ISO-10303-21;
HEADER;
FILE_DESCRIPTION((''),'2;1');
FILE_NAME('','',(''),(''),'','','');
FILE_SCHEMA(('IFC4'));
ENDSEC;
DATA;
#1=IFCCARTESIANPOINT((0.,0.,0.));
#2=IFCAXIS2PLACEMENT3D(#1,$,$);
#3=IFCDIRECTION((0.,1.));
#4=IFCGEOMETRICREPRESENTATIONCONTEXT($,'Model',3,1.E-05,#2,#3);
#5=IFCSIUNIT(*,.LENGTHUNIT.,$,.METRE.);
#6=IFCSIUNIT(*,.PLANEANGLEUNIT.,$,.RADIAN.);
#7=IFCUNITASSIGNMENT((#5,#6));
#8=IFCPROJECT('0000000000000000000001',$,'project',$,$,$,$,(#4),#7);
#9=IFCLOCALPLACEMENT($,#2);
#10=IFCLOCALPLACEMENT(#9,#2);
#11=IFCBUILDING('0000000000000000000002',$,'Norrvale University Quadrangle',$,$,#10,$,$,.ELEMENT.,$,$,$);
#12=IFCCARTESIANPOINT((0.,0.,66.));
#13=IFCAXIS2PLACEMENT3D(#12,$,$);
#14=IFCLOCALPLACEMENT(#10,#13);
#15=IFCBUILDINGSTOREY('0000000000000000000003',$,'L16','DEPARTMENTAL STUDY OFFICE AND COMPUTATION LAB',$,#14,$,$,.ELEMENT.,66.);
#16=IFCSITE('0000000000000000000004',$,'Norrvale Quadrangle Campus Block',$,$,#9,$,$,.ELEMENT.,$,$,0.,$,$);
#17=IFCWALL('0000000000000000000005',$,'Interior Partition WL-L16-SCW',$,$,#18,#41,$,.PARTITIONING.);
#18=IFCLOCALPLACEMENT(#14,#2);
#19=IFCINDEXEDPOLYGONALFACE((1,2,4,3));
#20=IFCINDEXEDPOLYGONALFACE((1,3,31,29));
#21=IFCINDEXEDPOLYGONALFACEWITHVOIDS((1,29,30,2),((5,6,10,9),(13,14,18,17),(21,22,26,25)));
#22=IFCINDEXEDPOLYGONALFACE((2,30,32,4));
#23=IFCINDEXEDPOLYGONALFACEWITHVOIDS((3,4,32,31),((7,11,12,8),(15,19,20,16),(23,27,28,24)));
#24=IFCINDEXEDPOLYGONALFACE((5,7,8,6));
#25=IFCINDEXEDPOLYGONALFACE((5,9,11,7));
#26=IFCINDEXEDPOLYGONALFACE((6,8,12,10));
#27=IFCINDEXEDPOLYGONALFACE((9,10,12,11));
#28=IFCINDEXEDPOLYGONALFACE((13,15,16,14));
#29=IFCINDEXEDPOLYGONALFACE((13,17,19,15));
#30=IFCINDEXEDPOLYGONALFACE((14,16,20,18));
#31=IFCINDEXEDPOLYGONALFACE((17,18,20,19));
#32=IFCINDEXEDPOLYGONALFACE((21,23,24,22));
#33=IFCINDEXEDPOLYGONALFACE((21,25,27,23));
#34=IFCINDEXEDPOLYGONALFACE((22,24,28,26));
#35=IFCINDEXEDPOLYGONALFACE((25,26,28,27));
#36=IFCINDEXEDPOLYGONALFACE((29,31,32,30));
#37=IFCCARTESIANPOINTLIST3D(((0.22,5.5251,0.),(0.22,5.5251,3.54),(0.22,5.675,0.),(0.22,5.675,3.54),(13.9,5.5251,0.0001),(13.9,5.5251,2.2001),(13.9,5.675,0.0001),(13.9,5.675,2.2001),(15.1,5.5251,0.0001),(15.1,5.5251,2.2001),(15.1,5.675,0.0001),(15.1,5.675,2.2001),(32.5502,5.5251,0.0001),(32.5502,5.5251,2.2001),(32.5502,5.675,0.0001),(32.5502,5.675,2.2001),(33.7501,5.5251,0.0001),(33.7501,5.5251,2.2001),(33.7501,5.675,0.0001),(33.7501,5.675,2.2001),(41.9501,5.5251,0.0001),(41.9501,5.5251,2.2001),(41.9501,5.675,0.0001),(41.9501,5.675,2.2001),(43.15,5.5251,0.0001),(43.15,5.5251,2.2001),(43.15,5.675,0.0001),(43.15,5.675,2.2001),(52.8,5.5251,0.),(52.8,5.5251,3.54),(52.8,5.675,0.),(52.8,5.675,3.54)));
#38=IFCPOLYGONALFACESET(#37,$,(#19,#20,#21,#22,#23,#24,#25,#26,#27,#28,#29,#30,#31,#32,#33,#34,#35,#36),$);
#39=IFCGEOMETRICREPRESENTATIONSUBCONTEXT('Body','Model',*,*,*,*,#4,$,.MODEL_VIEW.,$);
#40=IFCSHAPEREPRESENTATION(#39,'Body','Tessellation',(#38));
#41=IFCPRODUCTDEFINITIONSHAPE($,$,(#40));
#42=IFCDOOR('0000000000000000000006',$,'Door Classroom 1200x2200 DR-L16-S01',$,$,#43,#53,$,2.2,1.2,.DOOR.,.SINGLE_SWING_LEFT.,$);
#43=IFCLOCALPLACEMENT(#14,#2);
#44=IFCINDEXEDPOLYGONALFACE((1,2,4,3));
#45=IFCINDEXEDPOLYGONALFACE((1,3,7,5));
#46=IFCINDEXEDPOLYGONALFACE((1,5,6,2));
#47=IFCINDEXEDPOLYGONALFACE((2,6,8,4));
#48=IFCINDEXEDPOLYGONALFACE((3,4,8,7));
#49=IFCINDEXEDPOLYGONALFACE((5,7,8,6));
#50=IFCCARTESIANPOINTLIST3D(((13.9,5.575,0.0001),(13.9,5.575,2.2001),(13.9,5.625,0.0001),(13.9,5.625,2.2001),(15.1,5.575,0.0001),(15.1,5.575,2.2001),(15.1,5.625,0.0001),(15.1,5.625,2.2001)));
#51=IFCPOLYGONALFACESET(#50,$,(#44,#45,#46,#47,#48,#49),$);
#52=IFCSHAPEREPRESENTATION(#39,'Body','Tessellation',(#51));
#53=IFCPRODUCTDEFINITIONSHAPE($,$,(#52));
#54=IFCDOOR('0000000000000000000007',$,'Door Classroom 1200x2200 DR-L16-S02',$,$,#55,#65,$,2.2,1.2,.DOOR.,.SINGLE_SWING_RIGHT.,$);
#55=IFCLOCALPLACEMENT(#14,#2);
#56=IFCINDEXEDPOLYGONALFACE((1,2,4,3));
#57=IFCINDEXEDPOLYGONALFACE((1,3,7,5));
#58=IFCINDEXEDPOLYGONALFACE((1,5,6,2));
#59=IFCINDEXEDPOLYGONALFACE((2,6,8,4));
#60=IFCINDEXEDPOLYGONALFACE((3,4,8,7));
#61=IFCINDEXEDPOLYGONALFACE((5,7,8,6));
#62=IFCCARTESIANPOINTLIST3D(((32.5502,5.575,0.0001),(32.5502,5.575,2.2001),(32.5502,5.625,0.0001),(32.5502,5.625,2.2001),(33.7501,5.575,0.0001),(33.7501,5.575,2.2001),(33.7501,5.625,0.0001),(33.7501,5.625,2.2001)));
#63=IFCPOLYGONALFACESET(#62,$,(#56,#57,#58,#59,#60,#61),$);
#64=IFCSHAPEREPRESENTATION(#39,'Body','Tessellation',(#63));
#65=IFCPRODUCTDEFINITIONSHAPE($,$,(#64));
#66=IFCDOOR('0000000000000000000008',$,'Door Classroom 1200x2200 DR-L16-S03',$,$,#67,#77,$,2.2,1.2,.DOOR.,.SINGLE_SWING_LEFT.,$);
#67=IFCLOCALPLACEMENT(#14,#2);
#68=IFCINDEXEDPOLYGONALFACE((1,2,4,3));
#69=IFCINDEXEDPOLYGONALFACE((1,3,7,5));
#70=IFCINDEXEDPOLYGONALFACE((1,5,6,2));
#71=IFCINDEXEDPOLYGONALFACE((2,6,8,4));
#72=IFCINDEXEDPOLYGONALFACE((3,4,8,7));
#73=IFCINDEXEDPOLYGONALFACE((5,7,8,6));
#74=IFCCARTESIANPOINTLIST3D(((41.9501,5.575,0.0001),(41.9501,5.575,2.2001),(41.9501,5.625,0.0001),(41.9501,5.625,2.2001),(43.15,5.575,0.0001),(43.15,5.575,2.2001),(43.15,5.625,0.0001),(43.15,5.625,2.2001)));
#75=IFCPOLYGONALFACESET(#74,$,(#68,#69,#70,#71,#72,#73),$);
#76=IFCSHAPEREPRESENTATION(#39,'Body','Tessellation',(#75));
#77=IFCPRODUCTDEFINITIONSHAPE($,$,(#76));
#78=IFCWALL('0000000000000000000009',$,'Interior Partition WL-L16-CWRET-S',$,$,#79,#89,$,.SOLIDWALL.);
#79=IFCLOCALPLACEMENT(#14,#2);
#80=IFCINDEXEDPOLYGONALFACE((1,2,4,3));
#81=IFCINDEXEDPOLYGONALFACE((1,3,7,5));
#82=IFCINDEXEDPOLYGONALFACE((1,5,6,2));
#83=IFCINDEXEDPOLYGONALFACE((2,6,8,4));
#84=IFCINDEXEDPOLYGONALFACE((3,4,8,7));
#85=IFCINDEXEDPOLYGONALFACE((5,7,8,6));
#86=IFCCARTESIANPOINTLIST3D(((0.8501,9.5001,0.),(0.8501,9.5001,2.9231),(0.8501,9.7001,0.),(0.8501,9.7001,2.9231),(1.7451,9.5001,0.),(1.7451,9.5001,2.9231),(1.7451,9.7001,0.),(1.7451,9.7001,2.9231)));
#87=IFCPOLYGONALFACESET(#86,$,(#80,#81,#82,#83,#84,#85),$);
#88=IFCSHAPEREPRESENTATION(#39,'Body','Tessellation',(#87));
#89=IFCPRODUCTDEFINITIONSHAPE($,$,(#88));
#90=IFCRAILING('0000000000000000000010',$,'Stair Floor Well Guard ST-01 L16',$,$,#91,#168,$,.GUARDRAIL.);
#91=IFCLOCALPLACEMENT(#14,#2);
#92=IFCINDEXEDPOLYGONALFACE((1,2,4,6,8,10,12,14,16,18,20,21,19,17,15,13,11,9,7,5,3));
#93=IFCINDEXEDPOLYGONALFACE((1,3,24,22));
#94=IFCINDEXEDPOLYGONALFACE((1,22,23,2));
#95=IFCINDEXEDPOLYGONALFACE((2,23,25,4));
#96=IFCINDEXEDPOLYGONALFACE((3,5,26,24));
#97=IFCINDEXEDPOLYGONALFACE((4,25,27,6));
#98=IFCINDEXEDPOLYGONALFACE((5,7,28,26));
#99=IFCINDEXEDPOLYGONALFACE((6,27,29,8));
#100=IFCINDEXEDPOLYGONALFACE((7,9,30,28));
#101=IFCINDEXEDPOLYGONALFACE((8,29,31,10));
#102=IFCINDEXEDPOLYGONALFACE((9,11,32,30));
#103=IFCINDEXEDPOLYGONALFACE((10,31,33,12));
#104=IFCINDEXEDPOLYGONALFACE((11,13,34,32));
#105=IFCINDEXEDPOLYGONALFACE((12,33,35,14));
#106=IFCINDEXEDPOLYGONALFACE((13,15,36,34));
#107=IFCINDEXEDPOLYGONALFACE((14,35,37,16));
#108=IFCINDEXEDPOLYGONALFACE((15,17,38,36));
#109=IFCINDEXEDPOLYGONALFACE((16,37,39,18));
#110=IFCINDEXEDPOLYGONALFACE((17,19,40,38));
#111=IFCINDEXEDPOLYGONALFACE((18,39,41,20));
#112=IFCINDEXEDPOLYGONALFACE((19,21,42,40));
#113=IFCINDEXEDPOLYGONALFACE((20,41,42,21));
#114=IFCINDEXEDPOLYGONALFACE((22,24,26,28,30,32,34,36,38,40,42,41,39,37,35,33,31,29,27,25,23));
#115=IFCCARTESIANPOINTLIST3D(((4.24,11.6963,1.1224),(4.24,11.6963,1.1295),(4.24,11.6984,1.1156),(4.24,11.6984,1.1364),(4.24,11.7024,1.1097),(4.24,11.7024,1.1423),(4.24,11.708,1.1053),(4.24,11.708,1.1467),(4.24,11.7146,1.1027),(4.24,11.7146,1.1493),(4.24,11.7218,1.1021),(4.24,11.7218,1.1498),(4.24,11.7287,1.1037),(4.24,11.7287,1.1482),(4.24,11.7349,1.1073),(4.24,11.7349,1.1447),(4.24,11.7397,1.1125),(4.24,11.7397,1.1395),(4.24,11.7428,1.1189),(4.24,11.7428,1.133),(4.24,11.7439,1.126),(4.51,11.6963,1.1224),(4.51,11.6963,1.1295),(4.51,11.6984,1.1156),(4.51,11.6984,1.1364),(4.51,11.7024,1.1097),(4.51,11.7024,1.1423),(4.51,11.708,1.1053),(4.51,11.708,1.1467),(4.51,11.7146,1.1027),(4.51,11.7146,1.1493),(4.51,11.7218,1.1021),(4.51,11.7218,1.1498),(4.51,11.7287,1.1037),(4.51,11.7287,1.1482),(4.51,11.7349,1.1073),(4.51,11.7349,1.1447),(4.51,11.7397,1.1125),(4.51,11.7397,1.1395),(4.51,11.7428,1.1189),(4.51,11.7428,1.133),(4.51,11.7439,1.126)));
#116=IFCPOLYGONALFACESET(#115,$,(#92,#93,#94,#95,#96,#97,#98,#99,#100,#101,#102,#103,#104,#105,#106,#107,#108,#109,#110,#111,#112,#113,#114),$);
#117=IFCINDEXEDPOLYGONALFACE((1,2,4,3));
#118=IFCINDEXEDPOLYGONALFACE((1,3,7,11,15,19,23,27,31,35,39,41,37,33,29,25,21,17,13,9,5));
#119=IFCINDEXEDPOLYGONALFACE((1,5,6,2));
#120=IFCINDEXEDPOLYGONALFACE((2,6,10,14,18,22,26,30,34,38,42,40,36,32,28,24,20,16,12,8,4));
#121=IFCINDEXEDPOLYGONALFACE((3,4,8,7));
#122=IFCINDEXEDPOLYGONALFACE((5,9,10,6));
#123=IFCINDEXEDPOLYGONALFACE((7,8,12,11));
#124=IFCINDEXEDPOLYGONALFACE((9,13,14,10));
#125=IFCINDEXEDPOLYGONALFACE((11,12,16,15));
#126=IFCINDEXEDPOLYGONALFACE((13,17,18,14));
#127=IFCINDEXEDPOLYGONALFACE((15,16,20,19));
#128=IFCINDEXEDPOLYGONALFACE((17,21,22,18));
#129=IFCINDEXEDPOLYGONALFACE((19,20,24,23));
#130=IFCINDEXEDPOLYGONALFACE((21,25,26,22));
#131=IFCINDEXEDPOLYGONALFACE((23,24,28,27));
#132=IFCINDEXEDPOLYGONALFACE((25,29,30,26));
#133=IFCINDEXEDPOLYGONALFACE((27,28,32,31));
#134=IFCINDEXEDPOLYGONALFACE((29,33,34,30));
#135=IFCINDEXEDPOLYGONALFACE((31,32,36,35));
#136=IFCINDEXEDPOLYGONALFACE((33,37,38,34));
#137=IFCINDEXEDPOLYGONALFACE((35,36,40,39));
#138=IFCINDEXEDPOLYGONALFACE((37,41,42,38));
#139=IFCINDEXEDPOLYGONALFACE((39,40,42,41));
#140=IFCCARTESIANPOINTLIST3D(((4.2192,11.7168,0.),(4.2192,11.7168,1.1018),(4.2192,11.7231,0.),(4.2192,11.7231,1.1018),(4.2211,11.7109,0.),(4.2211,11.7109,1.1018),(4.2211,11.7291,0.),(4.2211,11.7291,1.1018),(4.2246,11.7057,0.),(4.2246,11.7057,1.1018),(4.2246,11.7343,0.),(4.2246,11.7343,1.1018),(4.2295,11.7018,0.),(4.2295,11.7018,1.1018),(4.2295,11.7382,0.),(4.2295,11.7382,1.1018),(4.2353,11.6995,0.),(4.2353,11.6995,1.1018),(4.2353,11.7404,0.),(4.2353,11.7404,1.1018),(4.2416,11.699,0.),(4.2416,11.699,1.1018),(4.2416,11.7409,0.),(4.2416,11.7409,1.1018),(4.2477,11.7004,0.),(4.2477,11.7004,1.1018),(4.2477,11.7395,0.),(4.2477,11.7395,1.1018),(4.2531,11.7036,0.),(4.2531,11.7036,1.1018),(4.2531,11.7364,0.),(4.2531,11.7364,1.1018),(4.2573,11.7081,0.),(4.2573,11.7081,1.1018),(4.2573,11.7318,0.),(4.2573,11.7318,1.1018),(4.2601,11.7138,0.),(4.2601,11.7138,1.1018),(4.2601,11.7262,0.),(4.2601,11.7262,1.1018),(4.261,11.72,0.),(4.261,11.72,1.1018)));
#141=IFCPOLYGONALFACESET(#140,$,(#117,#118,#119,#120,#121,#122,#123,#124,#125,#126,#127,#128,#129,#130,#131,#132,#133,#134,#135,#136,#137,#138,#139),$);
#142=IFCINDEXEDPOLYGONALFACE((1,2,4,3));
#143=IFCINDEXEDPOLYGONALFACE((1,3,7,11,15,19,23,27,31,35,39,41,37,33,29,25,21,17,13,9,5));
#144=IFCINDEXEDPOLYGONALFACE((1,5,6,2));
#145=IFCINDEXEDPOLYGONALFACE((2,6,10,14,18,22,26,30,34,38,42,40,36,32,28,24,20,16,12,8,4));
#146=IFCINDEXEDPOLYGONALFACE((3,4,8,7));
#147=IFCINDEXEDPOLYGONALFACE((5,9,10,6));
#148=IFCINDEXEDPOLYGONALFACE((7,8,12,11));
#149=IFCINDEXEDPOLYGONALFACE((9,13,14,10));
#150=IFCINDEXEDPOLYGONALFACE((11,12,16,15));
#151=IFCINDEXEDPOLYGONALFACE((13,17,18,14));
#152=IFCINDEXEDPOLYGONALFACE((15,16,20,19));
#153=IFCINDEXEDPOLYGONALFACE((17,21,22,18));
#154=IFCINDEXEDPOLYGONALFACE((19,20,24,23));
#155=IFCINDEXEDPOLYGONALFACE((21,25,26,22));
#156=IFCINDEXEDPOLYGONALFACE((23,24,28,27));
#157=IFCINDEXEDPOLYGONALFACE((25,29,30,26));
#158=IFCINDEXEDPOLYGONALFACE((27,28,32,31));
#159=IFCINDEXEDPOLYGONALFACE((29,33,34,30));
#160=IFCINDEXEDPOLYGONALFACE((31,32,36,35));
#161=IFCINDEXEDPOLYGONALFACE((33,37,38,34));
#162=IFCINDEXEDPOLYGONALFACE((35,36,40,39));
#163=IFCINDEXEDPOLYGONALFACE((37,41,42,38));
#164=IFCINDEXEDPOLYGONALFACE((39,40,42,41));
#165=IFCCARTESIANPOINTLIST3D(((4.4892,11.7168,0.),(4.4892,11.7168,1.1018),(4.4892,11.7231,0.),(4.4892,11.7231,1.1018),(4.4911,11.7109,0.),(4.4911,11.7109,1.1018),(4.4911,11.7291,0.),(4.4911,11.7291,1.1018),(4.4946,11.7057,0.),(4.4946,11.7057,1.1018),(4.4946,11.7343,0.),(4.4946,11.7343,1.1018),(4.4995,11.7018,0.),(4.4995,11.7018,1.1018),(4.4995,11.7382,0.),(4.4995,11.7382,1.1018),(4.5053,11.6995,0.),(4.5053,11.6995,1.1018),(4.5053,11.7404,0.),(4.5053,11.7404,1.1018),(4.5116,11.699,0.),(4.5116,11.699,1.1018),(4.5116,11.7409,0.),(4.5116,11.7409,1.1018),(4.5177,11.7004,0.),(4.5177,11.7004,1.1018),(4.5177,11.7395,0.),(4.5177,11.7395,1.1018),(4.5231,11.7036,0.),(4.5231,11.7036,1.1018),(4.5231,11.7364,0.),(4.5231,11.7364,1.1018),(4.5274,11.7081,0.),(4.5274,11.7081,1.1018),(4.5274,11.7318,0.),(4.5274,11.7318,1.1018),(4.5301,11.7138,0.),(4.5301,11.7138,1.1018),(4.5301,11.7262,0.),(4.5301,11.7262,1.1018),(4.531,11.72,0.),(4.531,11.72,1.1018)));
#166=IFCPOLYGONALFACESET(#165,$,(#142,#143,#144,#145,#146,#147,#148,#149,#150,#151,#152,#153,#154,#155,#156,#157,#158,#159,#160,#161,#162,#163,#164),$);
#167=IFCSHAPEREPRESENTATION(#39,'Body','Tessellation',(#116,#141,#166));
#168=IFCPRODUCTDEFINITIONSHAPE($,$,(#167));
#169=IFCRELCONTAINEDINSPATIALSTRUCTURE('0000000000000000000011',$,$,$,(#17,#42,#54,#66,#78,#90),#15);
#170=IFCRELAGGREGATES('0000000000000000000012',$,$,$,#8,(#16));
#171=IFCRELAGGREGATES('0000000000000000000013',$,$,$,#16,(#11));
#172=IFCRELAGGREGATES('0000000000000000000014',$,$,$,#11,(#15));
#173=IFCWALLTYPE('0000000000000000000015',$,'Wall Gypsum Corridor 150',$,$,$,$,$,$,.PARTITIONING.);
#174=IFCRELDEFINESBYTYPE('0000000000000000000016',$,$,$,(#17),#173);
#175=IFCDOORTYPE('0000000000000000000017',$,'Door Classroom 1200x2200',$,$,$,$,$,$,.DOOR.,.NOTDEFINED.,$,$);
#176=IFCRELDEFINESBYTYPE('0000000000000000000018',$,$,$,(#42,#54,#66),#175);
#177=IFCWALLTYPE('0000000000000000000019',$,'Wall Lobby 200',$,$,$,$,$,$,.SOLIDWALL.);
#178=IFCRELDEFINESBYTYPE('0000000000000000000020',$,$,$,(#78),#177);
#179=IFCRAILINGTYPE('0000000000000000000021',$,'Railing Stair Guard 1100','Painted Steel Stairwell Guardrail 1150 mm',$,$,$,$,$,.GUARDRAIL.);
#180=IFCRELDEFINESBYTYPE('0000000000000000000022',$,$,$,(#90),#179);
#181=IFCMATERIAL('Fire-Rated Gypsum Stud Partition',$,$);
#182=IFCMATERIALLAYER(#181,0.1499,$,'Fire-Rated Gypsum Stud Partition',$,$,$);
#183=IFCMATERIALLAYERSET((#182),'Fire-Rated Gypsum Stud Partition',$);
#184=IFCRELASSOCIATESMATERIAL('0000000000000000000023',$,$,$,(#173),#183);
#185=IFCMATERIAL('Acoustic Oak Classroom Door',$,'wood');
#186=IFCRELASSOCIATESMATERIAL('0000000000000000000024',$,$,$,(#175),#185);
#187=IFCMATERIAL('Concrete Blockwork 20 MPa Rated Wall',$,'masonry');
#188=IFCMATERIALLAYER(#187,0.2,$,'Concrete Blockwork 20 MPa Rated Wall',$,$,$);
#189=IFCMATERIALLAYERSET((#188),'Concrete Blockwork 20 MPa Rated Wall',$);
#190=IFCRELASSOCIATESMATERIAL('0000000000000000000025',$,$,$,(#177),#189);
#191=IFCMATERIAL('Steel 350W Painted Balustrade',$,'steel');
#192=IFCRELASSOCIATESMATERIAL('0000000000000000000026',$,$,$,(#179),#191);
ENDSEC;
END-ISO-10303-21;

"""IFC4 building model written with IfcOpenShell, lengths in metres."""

from ifc_helpers import new_model, si_unit, direction, frame, frame_2d, origin, origin_2d, place, context, subcontext, project, spatial, rectangle, circle, extrude, material, layer, layer_set, type_object, element, fill, save


model = new_model("IFC4")

# Units and contexts
model_context = context("Model", 3, precision=1e-05, world=origin(), true_north=direction((0.0, 1.0)))
body_context = subcontext(model_context, "Body", "Model", "MODEL_VIEW")
ifc_project = project(units=[si_unit("LENGTHUNIT", "METRE"), si_unit("PLANEANGLEUNIT", "RADIAN")], contexts=[model_context])

# Site, building, storey
site_placement = place(None, origin())
site = spatial("IfcSite", under=ifc_project, at=site_placement, Name="Norrvale Quadrangle Campus Block", CompositionType="ELEMENT", RefElevation=0.0)
building_placement = place(site_placement, origin())
building = spatial("IfcBuilding", under=site, at=building_placement, Name="Norrvale University Quadrangle", CompositionType="ELEMENT")
storey_placement = place(building_placement, frame((0.0, 0.0, 66.0)))
storey = spatial("IfcBuildingStorey", under=building, at=storey_placement, Name="L16", Description="DEPARTMENTAL STUDY OFFICE AND COMPUTATION LAB", CompositionType="ELEMENT", Elevation=66.0)

# Wall, openings, doors
ifc_material_1 = material(Name="Fire-Rated Gypsum Stud Partition")
ifc_layer_1 = layer(ifc_material_1, 0.1499, Name="Fire-Rated Gypsum Stud Partition")
ifc_layer_set_1 = layer_set([ifc_layer_1], Name="Fire-Rated Gypsum Stud Partition")
wall_type_1 = type_object("IfcWallType", Name="Wall Gypsum Corridor 150", PredefinedType="PARTITIONING", material=ifc_layer_set_1)
wall_1_placement = place(storey_placement, frame((0.22, 5.6001, 0.0), z_axis=(0.0, 0.0, 1.0), x_axis=(1.0, 0.0, 0.0)))
wall_1 = element("IfcWall", 1, at=wall_1_placement, inside=storey, type_object=wall_type_1, Name="Interior Partition WL-L16-SCW", PredefinedType="PARTITIONING", context=body_context, shape_type="SweptSolid", body=[
    extrude(rectangle(XDim=52.5801, YDim=0.1499, at=frame_2d((26.29, 0.0))), origin(), (0.0, 0.0, 1.0), 3.54),
])
opening_1_placement = place(wall_1_placement, frame((13.6799, 0.0, 0.0)))
opening_1 = element("IfcOpeningElement", 2, at=opening_1_placement, cuts=wall_1, PredefinedType="OPENING", context=body_context, shape_type="SweptSolid", body=[
    extrude(rectangle(XDim=1.2, YDim=2.2, at=frame_2d((0.6001, 1.1001))), frame((0.0, 0.0869, 0.0), z_axis=(0.0, -1.0, 0.0), x_axis=(1.0, 0.0, 0.0)), (0.0, 0.0, 1.0), 0.1738),
])
opening_2_placement = place(wall_1_placement, frame((32.3301, 0.0, 0.0)))
opening_2 = element("IfcOpeningElement", 3, at=opening_2_placement, cuts=wall_1, PredefinedType="OPENING", context=body_context, shape_type="SweptSolid", body=[
    extrude(rectangle(XDim=1.2, YDim=2.2, at=frame_2d((0.6001, 1.1001))), frame((0.0, 0.0869, 0.0), z_axis=(0.0, -1.0, 0.0), x_axis=(1.0, 0.0, 0.0)), (0.0, 0.0, 1.0), 0.1738),
])
opening_3_placement = place(wall_1_placement, frame((41.73, 0.0, 0.0)))
opening_3 = element("IfcOpeningElement", 4, at=opening_3_placement, cuts=wall_1, PredefinedType="OPENING", context=body_context, shape_type="SweptSolid", body=[
    extrude(rectangle(XDim=1.2, YDim=2.2, at=frame_2d((0.6001, 1.1001))), frame((0.0, 0.0869, 0.0), z_axis=(0.0, -1.0, 0.0), x_axis=(1.0, 0.0, 0.0)), (0.0, 0.0, 1.0), 0.1738),
])
ifc_material_2 = material(Name="Acoustic Oak Classroom Door", Category="wood")
door_type = type_object("IfcDoorType", Name="Door Classroom 1200x2200", OperationType="NOTDEFINED", PredefinedType="DOOR", material=ifc_material_2)
door_1_placement = place(opening_1_placement, origin())
door_1 = element("IfcDoor", 5, at=door_1_placement, inside=storey, type_object=door_type, Name="Door Classroom 1200x2200 DR-L16-S01", OperationType="SINGLE_SWING_LEFT", OverallHeight=2.2, OverallWidth=1.2, PredefinedType="DOOR", context=body_context, shape_type="SweptSolid", body=[
    extrude(rectangle(XDim=1.2, YDim=2.2, at=frame_2d((0.6001, 1.1001))), frame((0.0, 0.0249, 0.0), z_axis=(0.0, -1.0, 0.0), x_axis=(1.0, 0.0, 0.0)), (0.0, 0.0, 1.0), 0.05),
])
fill(opening_1, door_1)
door_2_placement = place(opening_2_placement, origin())
door_2 = element("IfcDoor", 6, at=door_2_placement, inside=storey, type_object=door_type, Name="Door Classroom 1200x2200 DR-L16-S02", OperationType="SINGLE_SWING_RIGHT", OverallHeight=2.2, OverallWidth=1.2, PredefinedType="DOOR", context=body_context, shape_type="SweptSolid", body=[
    extrude(rectangle(XDim=1.2, YDim=2.2, at=frame_2d((0.6001, 1.1001))), frame((0.0, 0.0249, 0.0), z_axis=(0.0, -1.0, 0.0), x_axis=(1.0, 0.0, 0.0)), (0.0, 0.0, 1.0), 0.05),
])
fill(opening_2, door_2)
door_3_placement = place(opening_3_placement, origin())
door_3 = element("IfcDoor", 7, at=door_3_placement, inside=storey, type_object=door_type, Name="Door Classroom 1200x2200 DR-L16-S03", OperationType="SINGLE_SWING_LEFT", OverallHeight=2.2, OverallWidth=1.2, PredefinedType="DOOR", context=body_context, shape_type="SweptSolid", body=[
    extrude(rectangle(XDim=1.2, YDim=2.2, at=frame_2d((0.6001, 1.1001))), frame((0.0, 0.0249, 0.0), z_axis=(0.0, -1.0, 0.0), x_axis=(1.0, 0.0, 0.0)), (0.0, 0.0, 1.0), 0.05),
])
fill(opening_3, door_3)

# Wall
ifc_material_3 = material(Name="Concrete Blockwork 20 MPa Rated Wall", Category="masonry")
ifc_layer_2 = layer(ifc_material_3, 0.2, Name="Concrete Blockwork 20 MPa Rated Wall")
ifc_layer_set_2 = layer_set([ifc_layer_2], Name="Concrete Blockwork 20 MPa Rated Wall")
wall_type_2 = type_object("IfcWallType", Name="Wall Lobby 200", PredefinedType="SOLIDWALL", material=ifc_layer_set_2)
wall_2_placement = place(storey_placement, frame((0.8501, 9.6001, 0.0), z_axis=(0.0, 0.0, 1.0), x_axis=(1.0, 0.0, 0.0)))
element("IfcWall", 8, at=wall_2_placement, inside=storey, type_object=wall_type_2, Name="Interior Partition WL-L16-CWRET-S", PredefinedType="SOLIDWALL", context=body_context, shape_type="SweptSolid", body=[
    extrude(rectangle(XDim=0.895, YDim=0.2, at=frame_2d((0.4475, 0.0))), origin(), (0.0, 0.0, 1.0), 2.9231),
])

# Railing
ifc_material_4 = material(Name="Steel 350W Painted Balustrade", Category="steel")
railing_type_1 = type_object("IfcRailingType", Name="Railing Stair Guard 1100", Description="Painted Steel Stairwell Guardrail 1150 mm", PredefinedType="GUARDRAIL", material=ifc_material_4)
railing_1_placement = place(storey_placement, frame((4.24, 11.72, 0.0)))
element("IfcRailing", 9, at=railing_1_placement, inside=storey, type_object=railing_type_1, Name="Stair Floor Well Guard ST-01 L16", PredefinedType="GUARDRAIL", context=body_context, shape_type="SweptSolid", body=[
    extrude(circle(Radius=0.0239, at=origin_2d()), frame((0.0, 0.0, 1.126), z_axis=(1.0, 0.0, 0.0), x_axis=(0.0, 1.0, 0.0)), (0.0, 0.0, 1.0), 0.27),
    extrude(circle(Radius=0.021, at=origin_2d()), origin(), (0.0, 0.0, 1.0), 1.1018),
    extrude(circle(Radius=0.021, at=origin_2d()), frame((0.27, 0.0, 0.0)), (0.0, 0.0, 1.0), 1.1018),
])

save(model, "model.ifc")
